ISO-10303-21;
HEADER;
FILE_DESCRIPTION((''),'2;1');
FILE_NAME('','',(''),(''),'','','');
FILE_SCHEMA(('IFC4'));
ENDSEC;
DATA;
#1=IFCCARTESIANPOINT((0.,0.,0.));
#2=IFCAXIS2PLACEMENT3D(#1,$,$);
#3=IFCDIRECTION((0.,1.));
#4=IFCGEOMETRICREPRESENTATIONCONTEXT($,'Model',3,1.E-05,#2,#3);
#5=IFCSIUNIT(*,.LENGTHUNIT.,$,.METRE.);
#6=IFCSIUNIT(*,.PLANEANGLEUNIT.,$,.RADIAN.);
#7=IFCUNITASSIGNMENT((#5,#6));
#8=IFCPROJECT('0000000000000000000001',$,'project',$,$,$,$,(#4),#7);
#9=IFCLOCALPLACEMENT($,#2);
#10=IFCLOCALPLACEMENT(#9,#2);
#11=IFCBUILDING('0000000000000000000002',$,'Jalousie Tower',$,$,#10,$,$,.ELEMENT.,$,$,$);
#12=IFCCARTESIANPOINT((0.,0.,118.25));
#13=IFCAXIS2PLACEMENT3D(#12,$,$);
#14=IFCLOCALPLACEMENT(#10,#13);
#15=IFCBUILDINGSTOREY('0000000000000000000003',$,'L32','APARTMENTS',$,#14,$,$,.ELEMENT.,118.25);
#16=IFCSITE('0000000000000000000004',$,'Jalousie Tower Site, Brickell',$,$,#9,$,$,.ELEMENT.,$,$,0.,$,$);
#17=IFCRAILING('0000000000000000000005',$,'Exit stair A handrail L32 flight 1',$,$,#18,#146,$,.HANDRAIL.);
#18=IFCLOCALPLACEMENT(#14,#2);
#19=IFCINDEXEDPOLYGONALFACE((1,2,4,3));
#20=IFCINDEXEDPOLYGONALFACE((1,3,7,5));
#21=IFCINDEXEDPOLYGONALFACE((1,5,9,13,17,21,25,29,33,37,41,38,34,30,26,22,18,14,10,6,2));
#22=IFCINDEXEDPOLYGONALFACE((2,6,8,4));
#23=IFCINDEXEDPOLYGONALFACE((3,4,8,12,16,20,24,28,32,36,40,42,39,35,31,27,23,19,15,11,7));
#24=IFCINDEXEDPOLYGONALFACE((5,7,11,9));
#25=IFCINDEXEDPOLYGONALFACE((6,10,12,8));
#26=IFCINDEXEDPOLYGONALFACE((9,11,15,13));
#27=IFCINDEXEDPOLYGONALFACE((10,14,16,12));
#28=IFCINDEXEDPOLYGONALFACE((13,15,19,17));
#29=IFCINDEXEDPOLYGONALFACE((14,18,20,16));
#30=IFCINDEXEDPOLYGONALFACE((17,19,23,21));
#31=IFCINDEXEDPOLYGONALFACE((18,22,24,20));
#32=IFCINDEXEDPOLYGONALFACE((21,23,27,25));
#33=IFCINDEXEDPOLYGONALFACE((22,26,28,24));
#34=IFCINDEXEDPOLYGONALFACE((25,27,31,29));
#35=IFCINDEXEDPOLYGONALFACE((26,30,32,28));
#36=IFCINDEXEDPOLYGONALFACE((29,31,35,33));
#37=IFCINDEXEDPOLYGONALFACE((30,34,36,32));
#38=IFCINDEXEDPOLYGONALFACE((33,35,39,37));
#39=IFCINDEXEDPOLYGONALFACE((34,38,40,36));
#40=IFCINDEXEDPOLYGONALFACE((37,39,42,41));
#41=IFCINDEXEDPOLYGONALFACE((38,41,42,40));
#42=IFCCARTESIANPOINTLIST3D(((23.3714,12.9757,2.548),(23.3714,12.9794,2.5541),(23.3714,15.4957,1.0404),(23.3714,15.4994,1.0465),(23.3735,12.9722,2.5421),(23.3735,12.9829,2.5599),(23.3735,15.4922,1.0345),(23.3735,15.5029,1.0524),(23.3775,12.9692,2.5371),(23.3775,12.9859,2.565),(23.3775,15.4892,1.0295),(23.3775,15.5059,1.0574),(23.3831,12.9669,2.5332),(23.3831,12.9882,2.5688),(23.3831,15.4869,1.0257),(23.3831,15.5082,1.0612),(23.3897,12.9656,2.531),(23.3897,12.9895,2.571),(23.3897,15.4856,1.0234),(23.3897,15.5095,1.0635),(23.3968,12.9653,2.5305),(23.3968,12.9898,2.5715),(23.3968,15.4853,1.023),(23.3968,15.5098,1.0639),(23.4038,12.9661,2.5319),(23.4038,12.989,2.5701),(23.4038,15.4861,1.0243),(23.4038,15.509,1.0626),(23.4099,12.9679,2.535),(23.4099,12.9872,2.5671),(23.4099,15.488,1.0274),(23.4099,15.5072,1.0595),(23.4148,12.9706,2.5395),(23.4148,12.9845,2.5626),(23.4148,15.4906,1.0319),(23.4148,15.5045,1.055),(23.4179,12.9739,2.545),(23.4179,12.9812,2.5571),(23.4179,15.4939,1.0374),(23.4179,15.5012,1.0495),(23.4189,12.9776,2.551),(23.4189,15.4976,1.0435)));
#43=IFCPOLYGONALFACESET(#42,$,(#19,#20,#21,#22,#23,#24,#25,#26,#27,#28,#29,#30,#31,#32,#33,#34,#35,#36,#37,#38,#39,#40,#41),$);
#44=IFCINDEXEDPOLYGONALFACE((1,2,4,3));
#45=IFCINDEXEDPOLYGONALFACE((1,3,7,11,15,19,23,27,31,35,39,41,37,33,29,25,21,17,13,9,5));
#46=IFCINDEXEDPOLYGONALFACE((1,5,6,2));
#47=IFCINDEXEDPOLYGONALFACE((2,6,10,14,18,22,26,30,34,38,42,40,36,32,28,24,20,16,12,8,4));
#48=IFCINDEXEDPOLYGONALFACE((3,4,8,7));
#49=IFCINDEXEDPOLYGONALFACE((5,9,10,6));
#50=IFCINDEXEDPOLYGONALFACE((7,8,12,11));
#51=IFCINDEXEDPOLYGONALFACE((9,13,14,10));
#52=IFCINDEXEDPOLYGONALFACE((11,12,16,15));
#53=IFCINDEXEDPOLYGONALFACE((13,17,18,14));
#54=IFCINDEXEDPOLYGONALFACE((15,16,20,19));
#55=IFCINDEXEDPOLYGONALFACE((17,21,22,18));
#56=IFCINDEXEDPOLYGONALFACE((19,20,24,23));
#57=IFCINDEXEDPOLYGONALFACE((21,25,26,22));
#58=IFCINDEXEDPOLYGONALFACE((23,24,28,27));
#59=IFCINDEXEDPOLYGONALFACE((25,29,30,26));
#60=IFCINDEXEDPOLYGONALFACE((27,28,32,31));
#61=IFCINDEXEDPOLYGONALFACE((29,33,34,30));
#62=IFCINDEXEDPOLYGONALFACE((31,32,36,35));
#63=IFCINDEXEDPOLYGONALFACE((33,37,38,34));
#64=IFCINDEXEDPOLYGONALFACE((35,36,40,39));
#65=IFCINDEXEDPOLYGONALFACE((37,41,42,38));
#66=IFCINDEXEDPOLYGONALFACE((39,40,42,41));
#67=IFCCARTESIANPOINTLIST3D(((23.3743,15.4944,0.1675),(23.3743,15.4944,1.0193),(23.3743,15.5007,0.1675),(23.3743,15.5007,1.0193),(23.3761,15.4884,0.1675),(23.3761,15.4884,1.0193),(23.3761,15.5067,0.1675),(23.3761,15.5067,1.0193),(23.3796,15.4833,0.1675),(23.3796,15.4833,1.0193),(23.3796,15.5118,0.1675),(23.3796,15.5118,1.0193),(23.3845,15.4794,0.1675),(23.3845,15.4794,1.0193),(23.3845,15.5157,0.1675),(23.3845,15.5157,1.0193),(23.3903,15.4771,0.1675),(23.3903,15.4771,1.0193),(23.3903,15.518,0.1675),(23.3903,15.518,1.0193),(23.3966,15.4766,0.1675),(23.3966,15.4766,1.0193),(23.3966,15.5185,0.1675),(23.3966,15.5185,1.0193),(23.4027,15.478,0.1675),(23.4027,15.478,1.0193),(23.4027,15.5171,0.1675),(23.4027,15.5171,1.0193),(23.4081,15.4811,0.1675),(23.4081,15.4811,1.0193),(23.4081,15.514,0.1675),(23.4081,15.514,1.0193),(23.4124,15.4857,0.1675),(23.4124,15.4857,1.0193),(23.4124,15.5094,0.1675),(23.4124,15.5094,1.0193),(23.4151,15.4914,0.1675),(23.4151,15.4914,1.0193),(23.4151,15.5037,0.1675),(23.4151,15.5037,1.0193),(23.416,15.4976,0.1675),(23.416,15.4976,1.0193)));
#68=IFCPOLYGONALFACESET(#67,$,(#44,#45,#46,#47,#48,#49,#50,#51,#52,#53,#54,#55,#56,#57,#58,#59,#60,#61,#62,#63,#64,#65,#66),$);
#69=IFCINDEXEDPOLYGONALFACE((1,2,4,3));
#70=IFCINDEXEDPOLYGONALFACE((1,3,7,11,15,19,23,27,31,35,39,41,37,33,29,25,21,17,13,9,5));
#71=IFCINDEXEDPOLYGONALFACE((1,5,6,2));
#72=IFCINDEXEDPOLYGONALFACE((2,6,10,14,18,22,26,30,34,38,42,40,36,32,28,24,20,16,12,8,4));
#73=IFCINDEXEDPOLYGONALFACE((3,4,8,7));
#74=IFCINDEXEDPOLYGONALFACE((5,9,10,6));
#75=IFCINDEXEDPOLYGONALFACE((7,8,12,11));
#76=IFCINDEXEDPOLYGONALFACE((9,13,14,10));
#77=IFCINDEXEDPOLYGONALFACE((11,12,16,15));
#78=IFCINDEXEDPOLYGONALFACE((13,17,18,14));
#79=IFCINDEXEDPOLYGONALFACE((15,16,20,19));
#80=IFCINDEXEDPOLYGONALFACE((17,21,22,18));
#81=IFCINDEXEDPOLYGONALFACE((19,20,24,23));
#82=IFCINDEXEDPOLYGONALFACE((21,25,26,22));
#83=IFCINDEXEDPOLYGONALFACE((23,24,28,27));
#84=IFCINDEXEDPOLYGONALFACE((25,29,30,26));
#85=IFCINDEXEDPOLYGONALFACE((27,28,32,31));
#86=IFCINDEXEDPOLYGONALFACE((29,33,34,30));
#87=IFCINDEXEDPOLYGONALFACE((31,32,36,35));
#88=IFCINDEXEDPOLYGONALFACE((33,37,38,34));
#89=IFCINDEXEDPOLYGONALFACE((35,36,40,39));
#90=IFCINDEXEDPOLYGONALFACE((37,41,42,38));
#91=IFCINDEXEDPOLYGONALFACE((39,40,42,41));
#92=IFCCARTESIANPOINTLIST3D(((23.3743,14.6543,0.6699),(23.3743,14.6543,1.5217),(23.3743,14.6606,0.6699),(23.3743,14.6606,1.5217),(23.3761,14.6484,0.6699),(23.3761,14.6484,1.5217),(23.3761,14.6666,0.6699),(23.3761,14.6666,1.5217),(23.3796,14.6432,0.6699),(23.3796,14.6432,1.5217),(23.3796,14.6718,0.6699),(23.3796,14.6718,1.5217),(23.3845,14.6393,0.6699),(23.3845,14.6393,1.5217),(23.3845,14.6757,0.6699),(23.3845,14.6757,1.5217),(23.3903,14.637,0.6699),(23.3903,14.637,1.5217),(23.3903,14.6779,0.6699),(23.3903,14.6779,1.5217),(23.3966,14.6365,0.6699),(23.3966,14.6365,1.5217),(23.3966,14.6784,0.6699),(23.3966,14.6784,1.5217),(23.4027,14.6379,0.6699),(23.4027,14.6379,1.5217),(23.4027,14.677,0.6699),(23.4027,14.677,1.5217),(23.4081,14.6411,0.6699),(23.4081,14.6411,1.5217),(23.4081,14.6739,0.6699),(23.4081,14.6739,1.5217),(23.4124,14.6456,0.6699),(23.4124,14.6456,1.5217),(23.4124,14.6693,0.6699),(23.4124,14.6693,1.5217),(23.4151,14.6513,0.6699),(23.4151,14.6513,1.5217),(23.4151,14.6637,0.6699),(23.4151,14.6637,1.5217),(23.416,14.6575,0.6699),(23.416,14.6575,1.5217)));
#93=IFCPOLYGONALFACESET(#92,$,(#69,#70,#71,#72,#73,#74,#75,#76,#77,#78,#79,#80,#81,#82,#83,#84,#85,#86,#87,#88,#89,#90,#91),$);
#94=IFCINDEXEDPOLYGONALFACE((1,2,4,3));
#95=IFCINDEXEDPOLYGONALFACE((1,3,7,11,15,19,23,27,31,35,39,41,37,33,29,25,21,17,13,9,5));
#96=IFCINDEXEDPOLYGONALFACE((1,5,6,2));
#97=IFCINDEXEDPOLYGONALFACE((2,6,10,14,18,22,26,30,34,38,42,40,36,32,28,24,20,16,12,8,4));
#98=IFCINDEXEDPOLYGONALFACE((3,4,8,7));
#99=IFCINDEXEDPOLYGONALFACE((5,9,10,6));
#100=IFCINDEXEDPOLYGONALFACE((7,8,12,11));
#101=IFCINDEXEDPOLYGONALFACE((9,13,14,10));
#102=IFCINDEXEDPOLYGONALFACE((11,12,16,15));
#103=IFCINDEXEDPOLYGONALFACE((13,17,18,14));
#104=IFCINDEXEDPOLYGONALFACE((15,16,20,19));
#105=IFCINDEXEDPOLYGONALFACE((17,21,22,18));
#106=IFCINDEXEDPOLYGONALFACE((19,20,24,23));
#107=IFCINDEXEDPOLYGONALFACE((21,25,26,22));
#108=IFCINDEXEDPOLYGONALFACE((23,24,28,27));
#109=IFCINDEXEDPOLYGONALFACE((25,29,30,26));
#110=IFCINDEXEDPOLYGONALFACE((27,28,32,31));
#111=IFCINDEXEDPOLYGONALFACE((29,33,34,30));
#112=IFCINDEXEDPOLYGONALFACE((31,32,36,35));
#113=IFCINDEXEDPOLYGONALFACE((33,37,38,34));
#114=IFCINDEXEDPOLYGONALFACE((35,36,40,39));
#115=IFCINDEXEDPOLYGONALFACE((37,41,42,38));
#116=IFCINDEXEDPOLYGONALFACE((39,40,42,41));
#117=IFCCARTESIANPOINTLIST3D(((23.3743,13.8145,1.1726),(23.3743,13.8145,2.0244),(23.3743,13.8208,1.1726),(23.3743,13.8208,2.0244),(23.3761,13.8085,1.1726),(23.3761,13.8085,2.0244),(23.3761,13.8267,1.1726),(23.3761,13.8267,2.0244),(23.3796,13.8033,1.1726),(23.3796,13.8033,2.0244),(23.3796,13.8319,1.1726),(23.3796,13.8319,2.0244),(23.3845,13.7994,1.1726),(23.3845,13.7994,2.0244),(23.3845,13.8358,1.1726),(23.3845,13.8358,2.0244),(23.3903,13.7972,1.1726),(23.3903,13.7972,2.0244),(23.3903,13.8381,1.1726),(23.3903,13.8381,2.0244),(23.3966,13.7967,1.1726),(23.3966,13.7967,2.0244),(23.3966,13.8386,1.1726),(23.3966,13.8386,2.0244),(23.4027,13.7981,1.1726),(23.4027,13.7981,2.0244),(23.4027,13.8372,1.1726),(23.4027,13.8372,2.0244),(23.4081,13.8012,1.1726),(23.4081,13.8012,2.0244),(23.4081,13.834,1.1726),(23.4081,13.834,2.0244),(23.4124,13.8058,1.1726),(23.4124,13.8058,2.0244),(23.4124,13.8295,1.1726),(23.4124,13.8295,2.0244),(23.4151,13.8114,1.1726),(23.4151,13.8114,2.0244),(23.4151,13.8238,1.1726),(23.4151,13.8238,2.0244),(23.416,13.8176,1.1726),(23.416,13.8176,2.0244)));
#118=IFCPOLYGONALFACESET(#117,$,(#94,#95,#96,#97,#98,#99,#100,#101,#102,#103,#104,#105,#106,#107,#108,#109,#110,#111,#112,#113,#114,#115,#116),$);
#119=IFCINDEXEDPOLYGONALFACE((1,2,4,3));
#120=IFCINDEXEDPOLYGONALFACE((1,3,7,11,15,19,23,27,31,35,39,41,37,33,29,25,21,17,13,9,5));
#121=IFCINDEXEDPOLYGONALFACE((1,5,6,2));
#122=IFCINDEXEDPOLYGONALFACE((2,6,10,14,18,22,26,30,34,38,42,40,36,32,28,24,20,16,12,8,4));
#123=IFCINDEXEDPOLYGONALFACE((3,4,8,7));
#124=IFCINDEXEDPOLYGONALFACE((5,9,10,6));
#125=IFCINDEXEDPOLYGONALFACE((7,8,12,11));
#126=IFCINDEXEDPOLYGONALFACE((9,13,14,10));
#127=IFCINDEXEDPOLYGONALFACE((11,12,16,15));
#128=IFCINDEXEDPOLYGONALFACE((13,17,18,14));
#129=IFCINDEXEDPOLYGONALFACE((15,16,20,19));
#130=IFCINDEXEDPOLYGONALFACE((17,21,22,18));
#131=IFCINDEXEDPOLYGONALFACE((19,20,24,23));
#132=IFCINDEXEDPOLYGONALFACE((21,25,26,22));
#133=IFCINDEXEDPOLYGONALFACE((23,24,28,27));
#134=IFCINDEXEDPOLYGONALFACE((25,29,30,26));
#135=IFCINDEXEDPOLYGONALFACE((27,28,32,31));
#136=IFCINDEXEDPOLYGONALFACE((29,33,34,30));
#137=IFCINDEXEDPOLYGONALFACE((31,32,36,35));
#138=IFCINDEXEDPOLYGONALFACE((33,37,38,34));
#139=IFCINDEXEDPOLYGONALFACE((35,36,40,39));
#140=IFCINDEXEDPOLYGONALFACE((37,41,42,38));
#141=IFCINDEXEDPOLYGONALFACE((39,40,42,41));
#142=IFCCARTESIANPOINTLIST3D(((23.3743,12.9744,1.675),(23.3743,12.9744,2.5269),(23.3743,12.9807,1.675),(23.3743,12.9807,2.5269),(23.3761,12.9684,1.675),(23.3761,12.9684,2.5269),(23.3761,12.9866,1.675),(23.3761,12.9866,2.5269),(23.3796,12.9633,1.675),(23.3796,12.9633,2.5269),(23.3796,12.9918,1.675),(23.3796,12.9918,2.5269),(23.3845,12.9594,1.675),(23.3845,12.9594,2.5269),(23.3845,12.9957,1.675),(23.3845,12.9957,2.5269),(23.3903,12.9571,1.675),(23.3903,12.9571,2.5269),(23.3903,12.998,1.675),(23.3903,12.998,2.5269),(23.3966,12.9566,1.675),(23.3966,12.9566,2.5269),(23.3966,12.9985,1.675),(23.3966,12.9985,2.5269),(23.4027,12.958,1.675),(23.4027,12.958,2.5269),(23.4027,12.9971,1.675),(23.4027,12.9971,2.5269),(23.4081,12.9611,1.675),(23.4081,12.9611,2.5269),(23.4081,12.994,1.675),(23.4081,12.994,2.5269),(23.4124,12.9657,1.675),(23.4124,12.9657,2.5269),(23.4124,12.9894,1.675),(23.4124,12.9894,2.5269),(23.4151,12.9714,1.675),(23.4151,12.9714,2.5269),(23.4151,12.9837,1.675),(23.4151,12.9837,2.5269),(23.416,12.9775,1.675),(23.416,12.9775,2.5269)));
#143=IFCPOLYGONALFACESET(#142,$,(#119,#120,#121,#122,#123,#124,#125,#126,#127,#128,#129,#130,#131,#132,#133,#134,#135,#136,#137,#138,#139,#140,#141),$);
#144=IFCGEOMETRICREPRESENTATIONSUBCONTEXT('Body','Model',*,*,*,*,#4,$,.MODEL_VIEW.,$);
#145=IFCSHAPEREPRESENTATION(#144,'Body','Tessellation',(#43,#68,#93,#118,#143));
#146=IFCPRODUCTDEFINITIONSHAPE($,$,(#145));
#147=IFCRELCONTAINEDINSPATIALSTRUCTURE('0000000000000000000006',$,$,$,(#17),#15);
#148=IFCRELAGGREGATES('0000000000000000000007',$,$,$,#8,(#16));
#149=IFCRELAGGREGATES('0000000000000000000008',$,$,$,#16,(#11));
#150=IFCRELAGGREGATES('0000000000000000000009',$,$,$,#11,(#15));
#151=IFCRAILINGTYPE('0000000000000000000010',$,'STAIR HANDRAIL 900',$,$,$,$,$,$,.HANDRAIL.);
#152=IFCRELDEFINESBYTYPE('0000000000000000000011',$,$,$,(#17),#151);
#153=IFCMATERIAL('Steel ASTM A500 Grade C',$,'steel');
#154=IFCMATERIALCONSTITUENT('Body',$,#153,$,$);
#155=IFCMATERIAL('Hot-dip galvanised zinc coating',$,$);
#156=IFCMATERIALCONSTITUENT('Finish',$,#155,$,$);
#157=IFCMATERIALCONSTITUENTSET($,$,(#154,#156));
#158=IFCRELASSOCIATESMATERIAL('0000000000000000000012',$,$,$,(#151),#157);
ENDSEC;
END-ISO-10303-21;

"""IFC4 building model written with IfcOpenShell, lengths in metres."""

from ifc_helpers import new_model, si_unit, direction, frame, origin, origin_2d, place, context, subcontext, project, spatial, circle, extrude, material, constituent, constituent_set, type_object, element, save


model = new_model("IFC4")

# Units and contexts
model_context = context("Model", 3, precision=1e-05, world=origin(), true_north=direction((0.0, 1.0)))
body_context = subcontext(model_context, "Body", "Model", "MODEL_VIEW")
ifc_project = project(units=[si_unit("LENGTHUNIT", "METRE"), si_unit("PLANEANGLEUNIT", "RADIAN")], contexts=[model_context])

# Site, building, storey
site_placement = place(None, origin())
site = spatial("IfcSite", under=ifc_project, at=site_placement, Name="Jalousie Tower Site, Brickell", CompositionType="ELEMENT", RefElevation=0.0)
building_placement = place(site_placement, origin())
building = spatial("IfcBuilding", under=site, at=building_placement, Name="Jalousie Tower", CompositionType="ELEMENT")
storey_placement = place(building_placement, frame((0.0, 0.0, 118.25)))
storey = spatial("IfcBuildingStorey", under=building, at=storey_placement, Name="L32", Description="APARTMENTS", CompositionType="ELEMENT", Elevation=118.25)

# Railing
ifc_material_1 = material(Name="Steel ASTM A500 Grade C", Category="steel")
ifc_constituent_1 = constituent(ifc_material_1, Name="Body")
ifc_material_2 = material(Name="Hot-dip galvanised zinc coating")
ifc_constituent_2 = constituent(ifc_material_2, Name="Finish")
ifc_constituent_set_1 = constituent_set(constituents=[ifc_constituent_1, ifc_constituent_2])
railing_type_1 = type_object("IfcRailingType", Name="STAIR HANDRAIL 900", PredefinedType="HANDRAIL", material=ifc_constituent_set_1)
railing_1_placement = place(storey_placement, frame((23.395, 15.4976, 0.1675)))
element("IfcRailing", 1, at=railing_1_placement, inside=storey, type_object=railing_type_1, Name="Exit stair A handrail L32 flight 1", PredefinedType="HANDRAIL", context=body_context, shape_type="SweptSolid", body=[
    extrude(circle(Radius=0.0239, at=origin_2d()), frame((0.0, 0.0, 0.876), z_axis=(0.0, -0.85816, 0.513383), x_axis=(1.0, 0.0, 0.0)), (0.0, 0.0, 1.0), 2.9365),
    extrude(circle(Radius=0.021, at=origin_2d()), origin(), (0.0, 0.0, 1.0), 0.8518),
    extrude(circle(Radius=0.021, at=origin_2d()), frame((0.0, -0.8401, 0.5024)), (0.0, 0.0, 1.0), 0.8518),
    extrude(circle(Radius=0.021, at=origin_2d()), frame((0.0, -1.6799, 1.0051)), (0.0, 0.0, 1.0), 0.8518),
    extrude(circle(Radius=0.021, at=origin_2d()), frame((0.0, -2.52, 1.5076)), (0.0, 0.0, 1.0), 0.8518),
])

save(model, "model.ifc")
